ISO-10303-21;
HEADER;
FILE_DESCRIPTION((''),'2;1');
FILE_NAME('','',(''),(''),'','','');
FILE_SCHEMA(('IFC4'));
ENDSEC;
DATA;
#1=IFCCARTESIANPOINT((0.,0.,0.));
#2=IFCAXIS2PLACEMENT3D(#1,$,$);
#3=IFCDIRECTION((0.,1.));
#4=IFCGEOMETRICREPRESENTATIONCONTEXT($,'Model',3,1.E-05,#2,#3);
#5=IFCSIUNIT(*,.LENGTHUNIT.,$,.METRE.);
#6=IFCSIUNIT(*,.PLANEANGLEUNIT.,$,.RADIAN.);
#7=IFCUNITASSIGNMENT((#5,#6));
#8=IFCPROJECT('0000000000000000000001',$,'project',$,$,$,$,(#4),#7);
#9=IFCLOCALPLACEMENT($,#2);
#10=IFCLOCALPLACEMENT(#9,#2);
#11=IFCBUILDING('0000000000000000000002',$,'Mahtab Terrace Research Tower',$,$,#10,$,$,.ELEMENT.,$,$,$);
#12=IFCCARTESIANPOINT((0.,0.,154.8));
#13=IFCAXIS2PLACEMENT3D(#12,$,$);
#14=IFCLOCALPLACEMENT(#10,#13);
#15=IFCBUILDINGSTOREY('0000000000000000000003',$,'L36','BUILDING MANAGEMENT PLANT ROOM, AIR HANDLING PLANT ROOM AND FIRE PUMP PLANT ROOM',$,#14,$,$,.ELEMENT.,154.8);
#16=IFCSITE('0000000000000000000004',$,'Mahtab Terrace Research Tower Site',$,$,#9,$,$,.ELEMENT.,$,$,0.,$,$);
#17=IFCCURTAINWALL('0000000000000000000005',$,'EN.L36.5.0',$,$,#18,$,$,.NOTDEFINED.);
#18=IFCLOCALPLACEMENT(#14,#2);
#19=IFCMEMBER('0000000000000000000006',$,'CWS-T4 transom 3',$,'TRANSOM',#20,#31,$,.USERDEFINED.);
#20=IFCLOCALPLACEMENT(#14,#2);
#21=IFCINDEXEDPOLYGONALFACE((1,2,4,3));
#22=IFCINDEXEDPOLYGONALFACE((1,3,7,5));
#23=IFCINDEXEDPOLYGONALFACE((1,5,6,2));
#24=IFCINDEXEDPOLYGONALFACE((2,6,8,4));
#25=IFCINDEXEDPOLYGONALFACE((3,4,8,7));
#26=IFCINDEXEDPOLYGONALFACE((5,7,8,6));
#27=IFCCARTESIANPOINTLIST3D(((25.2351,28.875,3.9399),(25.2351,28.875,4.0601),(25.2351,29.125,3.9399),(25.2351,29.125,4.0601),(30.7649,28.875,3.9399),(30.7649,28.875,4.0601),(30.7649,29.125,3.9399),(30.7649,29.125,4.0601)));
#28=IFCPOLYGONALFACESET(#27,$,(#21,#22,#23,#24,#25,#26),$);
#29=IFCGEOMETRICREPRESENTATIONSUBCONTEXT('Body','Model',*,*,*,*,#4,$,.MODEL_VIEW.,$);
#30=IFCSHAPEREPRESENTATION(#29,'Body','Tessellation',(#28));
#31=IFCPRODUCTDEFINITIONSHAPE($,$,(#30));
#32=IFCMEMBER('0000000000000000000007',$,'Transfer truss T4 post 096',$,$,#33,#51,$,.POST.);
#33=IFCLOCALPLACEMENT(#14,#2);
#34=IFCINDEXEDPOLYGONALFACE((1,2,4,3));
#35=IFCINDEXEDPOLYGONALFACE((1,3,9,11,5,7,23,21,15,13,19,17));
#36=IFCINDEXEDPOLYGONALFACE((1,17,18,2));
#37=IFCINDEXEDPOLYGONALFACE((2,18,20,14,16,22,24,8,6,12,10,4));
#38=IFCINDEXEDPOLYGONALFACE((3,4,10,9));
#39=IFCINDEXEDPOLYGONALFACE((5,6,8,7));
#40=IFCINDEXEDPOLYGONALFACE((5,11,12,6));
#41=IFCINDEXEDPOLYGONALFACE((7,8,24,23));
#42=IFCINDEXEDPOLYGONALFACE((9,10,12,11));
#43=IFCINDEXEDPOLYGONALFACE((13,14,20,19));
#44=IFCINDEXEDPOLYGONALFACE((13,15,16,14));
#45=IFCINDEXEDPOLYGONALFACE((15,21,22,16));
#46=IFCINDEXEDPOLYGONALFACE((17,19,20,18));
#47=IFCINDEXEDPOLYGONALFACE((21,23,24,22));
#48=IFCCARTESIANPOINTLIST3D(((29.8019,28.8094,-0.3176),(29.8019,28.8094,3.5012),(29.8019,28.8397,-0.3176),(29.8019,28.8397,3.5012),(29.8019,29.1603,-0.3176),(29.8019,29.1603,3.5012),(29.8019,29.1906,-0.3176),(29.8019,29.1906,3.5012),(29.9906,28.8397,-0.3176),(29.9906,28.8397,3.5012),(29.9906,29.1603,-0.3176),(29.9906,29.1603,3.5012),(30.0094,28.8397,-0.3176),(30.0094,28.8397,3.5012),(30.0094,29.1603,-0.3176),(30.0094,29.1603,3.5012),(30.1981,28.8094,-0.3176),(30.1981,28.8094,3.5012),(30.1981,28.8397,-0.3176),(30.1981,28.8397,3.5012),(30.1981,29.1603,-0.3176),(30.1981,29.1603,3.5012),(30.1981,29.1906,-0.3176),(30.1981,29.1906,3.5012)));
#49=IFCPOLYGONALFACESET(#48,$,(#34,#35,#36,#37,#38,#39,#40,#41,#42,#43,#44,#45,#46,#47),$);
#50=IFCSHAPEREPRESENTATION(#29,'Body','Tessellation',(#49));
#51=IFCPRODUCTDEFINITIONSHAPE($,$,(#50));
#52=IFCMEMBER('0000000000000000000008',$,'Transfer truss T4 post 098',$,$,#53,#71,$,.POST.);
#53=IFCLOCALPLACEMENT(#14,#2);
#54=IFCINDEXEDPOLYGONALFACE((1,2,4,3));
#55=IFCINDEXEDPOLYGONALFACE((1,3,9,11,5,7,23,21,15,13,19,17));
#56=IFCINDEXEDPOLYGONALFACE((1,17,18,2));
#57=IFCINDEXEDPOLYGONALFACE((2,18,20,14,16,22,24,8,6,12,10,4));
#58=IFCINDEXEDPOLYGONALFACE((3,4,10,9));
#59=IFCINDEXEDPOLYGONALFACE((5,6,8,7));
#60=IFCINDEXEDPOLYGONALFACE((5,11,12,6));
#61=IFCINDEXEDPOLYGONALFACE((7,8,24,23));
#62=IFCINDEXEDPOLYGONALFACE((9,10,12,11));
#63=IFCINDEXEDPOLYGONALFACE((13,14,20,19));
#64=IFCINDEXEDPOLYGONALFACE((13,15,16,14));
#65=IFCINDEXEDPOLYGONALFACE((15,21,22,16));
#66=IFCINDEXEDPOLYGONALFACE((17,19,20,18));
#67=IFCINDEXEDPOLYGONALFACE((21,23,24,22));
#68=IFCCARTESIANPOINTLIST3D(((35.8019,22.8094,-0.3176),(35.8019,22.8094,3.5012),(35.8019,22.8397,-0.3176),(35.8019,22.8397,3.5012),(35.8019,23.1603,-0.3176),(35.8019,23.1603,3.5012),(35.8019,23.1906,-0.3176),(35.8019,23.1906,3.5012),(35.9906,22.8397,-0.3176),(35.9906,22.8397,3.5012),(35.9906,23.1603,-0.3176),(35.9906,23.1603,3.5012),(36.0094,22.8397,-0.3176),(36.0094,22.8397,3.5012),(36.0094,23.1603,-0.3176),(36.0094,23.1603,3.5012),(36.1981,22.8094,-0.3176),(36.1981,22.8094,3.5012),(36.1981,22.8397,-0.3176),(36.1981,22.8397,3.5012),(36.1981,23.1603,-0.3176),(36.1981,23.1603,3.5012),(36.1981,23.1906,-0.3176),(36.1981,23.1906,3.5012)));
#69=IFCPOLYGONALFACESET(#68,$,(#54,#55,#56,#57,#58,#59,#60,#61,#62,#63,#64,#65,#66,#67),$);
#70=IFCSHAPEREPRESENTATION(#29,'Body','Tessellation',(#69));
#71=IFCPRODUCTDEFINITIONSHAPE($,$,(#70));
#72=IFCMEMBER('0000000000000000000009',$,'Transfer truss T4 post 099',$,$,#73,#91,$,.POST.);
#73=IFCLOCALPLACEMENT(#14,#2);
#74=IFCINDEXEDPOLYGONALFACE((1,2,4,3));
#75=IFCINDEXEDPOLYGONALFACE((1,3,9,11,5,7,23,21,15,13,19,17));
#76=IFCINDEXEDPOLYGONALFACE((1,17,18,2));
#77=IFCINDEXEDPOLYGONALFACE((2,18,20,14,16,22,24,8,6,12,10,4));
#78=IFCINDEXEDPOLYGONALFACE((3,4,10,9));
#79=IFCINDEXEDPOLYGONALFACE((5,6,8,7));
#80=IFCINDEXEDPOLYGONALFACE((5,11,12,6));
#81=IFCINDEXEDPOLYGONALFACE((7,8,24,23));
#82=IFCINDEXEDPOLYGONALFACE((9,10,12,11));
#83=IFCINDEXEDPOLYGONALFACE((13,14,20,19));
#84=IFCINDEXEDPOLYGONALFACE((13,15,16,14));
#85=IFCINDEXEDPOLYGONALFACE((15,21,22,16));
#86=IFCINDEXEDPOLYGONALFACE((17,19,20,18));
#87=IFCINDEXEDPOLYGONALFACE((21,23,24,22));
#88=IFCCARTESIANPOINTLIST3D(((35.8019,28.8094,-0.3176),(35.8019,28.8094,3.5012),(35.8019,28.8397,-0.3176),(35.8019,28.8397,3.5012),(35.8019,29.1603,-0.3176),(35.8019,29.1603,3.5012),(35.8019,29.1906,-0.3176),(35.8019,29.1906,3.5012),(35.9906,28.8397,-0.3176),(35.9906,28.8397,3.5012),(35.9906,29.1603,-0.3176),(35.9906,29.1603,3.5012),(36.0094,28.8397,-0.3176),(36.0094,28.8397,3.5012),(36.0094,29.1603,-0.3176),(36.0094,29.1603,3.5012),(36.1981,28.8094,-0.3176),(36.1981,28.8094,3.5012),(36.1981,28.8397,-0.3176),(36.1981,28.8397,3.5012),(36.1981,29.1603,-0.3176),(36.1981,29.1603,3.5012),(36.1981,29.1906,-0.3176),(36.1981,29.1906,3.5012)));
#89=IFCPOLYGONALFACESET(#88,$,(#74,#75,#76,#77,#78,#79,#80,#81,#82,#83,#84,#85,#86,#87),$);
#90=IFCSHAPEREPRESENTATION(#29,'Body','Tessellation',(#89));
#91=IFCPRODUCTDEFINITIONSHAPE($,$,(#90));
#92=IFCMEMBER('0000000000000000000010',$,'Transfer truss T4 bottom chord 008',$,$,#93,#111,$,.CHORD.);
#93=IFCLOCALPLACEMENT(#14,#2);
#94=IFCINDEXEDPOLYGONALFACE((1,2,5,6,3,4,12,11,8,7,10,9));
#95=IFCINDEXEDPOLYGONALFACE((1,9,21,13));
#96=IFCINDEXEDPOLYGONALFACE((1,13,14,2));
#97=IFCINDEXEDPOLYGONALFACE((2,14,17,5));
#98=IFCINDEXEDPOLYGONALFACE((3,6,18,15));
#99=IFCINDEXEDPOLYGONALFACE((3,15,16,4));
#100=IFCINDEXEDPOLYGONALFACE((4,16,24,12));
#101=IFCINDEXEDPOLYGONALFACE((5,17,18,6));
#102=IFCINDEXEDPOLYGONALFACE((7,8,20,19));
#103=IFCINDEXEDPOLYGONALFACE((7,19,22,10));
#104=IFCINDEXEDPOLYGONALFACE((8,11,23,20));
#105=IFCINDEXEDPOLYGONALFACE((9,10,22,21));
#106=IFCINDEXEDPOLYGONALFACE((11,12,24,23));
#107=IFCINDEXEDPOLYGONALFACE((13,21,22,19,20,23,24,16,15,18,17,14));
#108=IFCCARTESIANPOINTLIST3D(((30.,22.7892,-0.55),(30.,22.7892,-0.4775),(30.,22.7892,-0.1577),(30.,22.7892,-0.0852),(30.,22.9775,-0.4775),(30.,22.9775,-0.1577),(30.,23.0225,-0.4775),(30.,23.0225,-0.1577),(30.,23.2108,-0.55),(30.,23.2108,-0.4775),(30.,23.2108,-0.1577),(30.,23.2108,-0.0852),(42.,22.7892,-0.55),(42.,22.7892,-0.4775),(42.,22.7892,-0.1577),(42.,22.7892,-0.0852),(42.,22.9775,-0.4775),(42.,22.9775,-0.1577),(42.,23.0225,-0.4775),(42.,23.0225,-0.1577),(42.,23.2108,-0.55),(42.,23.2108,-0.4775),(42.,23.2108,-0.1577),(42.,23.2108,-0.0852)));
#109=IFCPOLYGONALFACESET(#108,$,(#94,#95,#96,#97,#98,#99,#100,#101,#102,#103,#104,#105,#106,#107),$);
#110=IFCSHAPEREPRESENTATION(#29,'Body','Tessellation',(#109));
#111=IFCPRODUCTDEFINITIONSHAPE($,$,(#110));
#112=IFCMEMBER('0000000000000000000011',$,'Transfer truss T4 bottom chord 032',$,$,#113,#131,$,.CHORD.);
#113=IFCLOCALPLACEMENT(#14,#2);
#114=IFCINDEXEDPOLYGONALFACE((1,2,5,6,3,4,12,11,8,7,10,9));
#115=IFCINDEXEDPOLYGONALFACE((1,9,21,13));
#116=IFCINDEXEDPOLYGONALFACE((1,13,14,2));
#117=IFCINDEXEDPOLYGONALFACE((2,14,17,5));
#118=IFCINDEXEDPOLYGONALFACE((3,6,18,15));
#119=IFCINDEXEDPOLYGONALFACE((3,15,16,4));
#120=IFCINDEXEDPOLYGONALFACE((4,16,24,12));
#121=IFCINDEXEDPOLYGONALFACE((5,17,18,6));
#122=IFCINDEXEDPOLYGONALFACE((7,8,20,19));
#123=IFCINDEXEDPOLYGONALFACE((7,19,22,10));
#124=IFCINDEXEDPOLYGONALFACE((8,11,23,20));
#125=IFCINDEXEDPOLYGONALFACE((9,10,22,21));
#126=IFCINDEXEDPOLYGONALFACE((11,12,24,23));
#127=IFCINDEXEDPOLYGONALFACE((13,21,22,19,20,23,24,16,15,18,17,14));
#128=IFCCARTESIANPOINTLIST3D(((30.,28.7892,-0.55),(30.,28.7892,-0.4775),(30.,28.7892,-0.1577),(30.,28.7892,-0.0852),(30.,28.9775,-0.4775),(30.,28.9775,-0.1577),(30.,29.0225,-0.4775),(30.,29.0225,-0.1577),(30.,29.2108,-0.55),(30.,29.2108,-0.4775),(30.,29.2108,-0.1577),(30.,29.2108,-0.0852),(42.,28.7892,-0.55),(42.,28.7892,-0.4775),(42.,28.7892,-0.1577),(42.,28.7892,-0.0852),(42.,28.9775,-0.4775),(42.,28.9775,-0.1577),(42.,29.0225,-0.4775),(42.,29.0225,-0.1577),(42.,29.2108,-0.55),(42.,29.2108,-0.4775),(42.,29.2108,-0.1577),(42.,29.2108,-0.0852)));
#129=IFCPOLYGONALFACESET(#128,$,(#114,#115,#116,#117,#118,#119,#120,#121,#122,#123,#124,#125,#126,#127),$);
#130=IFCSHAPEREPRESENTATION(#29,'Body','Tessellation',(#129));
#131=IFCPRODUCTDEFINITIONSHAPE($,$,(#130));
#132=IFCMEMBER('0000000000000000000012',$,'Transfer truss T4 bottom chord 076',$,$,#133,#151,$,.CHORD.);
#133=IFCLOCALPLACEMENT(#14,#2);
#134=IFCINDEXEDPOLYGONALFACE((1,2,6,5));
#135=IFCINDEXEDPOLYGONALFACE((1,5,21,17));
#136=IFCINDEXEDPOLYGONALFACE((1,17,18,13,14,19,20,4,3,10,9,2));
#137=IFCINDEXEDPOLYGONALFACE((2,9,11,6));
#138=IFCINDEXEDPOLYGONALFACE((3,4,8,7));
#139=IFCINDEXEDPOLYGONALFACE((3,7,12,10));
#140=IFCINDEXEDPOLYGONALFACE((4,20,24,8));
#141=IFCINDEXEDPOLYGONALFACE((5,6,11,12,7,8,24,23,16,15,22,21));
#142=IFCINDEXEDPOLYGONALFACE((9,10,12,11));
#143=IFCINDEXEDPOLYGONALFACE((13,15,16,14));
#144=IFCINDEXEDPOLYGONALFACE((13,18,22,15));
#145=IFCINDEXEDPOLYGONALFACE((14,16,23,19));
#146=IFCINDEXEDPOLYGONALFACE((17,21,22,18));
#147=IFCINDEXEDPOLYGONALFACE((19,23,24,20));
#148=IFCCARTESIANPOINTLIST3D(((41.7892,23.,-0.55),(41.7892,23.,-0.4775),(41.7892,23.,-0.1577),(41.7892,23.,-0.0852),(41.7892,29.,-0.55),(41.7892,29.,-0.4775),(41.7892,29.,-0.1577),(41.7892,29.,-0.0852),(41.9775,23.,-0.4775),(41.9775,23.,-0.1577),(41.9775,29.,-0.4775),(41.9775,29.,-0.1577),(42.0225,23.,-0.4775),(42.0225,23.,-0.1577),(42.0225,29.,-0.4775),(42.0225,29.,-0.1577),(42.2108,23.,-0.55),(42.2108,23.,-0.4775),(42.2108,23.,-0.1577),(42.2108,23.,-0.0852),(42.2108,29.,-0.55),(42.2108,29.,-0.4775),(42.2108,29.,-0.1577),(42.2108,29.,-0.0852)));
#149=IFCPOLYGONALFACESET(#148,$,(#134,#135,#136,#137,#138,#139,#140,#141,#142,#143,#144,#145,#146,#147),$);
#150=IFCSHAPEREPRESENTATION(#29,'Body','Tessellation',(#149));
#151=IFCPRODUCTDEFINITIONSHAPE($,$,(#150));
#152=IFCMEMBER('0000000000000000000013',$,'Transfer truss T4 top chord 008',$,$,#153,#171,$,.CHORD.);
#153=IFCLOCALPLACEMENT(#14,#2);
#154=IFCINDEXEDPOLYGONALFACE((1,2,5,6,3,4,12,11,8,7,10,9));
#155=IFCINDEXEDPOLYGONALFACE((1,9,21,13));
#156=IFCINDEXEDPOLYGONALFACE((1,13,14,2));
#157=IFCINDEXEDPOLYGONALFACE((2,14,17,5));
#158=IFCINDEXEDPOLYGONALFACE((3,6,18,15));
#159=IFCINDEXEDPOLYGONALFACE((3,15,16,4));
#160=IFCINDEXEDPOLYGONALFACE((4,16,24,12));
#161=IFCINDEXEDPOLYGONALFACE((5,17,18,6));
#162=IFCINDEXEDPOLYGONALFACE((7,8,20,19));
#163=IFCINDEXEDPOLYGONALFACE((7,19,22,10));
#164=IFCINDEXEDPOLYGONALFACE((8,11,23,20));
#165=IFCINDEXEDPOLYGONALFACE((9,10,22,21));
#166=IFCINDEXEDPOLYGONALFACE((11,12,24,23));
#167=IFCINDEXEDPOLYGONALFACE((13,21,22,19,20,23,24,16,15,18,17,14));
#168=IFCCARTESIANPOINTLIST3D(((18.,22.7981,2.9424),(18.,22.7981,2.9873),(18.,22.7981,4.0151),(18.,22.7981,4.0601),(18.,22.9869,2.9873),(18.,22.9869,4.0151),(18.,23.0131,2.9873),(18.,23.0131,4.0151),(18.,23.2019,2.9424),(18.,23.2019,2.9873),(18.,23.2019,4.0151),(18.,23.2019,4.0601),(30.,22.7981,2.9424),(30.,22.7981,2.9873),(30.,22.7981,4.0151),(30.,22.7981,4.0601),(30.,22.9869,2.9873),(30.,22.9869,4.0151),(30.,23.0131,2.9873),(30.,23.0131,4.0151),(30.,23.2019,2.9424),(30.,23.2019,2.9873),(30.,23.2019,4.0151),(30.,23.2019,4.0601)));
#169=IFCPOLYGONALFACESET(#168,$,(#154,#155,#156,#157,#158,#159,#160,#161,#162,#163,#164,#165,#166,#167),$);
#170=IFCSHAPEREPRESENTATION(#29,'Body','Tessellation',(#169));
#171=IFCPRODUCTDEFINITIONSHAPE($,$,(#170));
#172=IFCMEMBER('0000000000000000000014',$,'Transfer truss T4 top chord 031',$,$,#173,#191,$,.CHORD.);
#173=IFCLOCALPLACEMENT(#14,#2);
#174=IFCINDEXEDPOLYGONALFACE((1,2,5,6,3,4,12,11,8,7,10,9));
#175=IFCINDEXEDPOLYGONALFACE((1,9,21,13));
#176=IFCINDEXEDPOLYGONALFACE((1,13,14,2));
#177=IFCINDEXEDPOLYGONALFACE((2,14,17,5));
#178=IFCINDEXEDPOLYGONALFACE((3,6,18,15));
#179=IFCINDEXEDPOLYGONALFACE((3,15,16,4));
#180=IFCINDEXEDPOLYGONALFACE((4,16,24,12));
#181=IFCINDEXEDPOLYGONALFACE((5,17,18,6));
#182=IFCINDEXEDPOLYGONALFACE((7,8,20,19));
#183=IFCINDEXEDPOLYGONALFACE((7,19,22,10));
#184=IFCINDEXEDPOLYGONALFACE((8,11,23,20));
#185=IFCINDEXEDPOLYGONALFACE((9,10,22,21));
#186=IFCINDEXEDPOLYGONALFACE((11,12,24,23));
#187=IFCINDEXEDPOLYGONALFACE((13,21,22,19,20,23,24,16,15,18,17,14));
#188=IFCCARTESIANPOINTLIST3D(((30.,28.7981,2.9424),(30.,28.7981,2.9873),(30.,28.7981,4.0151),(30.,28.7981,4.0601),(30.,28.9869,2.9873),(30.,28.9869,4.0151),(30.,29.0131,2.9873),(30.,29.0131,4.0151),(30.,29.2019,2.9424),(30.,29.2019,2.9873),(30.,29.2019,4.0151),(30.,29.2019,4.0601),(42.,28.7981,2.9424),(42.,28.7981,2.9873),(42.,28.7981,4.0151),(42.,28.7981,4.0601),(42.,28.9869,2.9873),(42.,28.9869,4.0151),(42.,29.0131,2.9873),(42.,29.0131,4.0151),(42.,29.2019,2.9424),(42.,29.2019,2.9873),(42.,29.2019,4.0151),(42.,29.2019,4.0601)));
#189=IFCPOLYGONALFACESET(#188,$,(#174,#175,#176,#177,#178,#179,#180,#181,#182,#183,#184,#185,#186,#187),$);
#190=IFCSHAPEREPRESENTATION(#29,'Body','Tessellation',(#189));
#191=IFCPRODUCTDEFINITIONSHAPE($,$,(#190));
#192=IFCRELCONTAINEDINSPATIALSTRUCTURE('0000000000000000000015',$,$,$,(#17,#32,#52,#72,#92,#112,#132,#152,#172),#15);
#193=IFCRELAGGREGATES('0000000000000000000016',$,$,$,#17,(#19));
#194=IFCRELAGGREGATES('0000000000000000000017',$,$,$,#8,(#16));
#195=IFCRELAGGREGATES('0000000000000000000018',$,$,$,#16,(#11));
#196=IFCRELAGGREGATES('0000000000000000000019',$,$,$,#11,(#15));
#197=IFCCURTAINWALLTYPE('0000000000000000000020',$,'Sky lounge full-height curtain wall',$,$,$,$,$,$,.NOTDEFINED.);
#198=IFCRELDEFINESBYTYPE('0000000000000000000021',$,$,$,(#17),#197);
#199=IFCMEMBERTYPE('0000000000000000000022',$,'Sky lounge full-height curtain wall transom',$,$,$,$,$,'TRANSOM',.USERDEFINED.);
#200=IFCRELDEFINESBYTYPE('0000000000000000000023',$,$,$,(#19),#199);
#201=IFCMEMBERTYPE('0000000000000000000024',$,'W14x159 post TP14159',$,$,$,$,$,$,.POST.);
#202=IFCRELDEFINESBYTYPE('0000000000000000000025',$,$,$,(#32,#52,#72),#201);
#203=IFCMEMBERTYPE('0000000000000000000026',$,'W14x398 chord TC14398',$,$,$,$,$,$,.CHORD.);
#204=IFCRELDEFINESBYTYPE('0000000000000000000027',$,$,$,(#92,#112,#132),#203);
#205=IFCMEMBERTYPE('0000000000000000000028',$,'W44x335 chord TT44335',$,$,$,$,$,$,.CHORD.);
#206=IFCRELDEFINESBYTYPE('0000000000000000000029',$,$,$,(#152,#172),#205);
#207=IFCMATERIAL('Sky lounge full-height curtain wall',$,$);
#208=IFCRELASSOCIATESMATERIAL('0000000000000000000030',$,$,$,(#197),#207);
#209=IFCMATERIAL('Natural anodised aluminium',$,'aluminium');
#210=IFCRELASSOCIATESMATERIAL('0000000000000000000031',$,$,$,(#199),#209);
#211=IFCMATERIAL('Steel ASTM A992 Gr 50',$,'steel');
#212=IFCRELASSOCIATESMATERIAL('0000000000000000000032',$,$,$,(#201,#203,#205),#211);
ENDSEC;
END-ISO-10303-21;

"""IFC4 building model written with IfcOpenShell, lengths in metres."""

from ifc_helpers import new_model, si_unit, direction, frame, origin, origin_2d, place, context, subcontext, project, spatial, rectangle, i_section, extrude, material, material_profile, profile_set, type_object, element, aggregate, save


model = new_model("IFC4")

# Units and contexts
model_context = context("Model", 3, precision=1e-05, world=origin(), true_north=direction((0.0, 1.0)))
body_context = subcontext(model_context, "Body", "Model", "MODEL_VIEW")
ifc_project = project(units=[si_unit("LENGTHUNIT", "METRE"), si_unit("PLANEANGLEUNIT", "RADIAN")], contexts=[model_context])

# Site, building, storey
site_placement = place(None, origin())
site = spatial("IfcSite", under=ifc_project, at=site_placement, Name="Mahtab Terrace Research Tower Site", CompositionType="ELEMENT", RefElevation=0.0)
building_placement = place(site_placement, origin())
building = spatial("IfcBuilding", under=site, at=building_placement, Name="Mahtab Terrace Research Tower", CompositionType="ELEMENT")
storey_placement = place(building_placement, frame((0.0, 0.0, 154.8)))
storey = spatial("IfcBuildingStorey", under=building, at=storey_placement, Name="L36", Description="BUILDING MANAGEMENT PLANT ROOM, AIR HANDLING PLANT ROOM AND FIRE PUMP PLANT ROOM", CompositionType="ELEMENT", Elevation=154.8)

# Shared definitions
ifc_material_1 = material(Name="Steel ASTM A992 Gr 50", Category="steel")

# Curtain wall, member
ifc_material_2 = material(Name="Sky lounge full-height curtain wall")
curtain_wall_type = type_object("IfcCurtainWallType", Name="Sky lounge full-height curtain wall", PredefinedType="NOTDEFINED", material=ifc_material_2)
curtain_wall_placement = place(storey_placement, origin())
curtain_wall = element("IfcCurtainWall", 1, at=curtain_wall_placement, inside=storey, type_object=curtain_wall_type, Name="EN.L36.5.0", PredefinedType="NOTDEFINED")
ifc_material_3 = material(Name="Natural anodised aluminium", Category="aluminium")
ifc_material_profile_1 = material_profile(ifc_material_3, rectangle(XDim=0.25, YDim=0.1201, at=origin_2d()), Name="TRANSOM 120x250")
ifc_profile_set_1 = profile_set([ifc_material_profile_1], Name="Natural anodised aluminium")
member_type_1 = type_object("IfcMemberType", Name="Sky lounge full-height curtain wall transom", ElementType="TRANSOM", PredefinedType="USERDEFINED", material=ifc_profile_set_1)
member_1_placement = place(storey_placement, frame((30.7649, 29.0, 4.0), z_axis=(-1.0, 0.0, 0.0), x_axis=(0.0, -1.0, 0.0)))
member_1 = element("IfcMember", 2, at=member_1_placement, type_object=member_type_1, Name="CWS-T4 transom 3", ObjectType="TRANSOM", PredefinedType="USERDEFINED", context=body_context, shape_type="SweptSolid", body=[
    extrude(rectangle(XDim=0.25, YDim=0.1201, at=origin_2d()), origin(), (0.0, 0.0, 1.0), 5.5298),
])

# Members
ifc_material_profile_2 = material_profile(ifc_material_1, i_section(OverallWidth=0.3962, OverallDepth=0.3811, WebThickness=0.0188, FlangeThickness=0.0303, at=origin_2d()), Name="W14X159")
ifc_profile_set_2 = profile_set([ifc_material_profile_2], Name="Steel ASTM A992 Gr 50")
member_type_2 = type_object("IfcMemberType", Name="W14x159 post TP14159", PredefinedType="POST", material=ifc_profile_set_2)
for number, where, z_axis, x_axis, name in (
    (3, (30.0, 29.0, -0.3176), (0.0, 0.0, 1.0), (1.0, 0.0, 0.0), "Transfer truss T4 post 096"),
    (4, (36.0, 23.0, -0.3176), (0.0, 0.0, 1.0), (1.0, 0.0, 0.0), "Transfer truss T4 post 098"),
    (5, (36.0, 29.0, -0.3176), (0.0, 0.0, 1.0), (1.0, 0.0, 0.0), "Transfer truss T4 post 099"),
):
    element("IfcMember", number, at=place(storey_placement, frame(where, z_axis=z_axis, x_axis=x_axis)), inside=storey, type_object=member_type_2, Name=name, PredefinedType="POST", context=body_context, shape_type="SweptSolid", body=[
        extrude(i_section(OverallWidth=0.3962, OverallDepth=0.3811, WebThickness=0.0188, FlangeThickness=0.0303, at=origin_2d()), origin(), (0.0, 0.0, 1.0), 3.8188),
    ])
ifc_material_profile_3 = material_profile(ifc_material_1, i_section(OverallWidth=0.4216, OverallDepth=0.4648, WebThickness=0.0449, FlangeThickness=0.0725, at=origin_2d()), Name="W14X398")
ifc_profile_set_3 = profile_set([ifc_material_profile_3], Name="Steel ASTM A992 Gr 50")
member_type_3 = type_object("IfcMemberType", Name="W14x398 chord TC14398", PredefinedType="CHORD", material=ifc_profile_set_3)
for number, where, z_axis, x_axis, name in (
    (6, (42.0, 23.0, -0.3176), (-1.0, 0.0, 0.0), (0.0, -1.0, 0.0), "Transfer truss T4 bottom chord 008"),
    (7, (30.0, 29.0, -0.3176), (1.0, 0.0, 0.0), (0.0, 1.0, 0.0), "Transfer truss T4 bottom chord 032"),
):
    element("IfcMember", number, at=place(storey_placement, frame(where, z_axis=z_axis, x_axis=x_axis)), inside=storey, type_object=member_type_3, Name=name, PredefinedType="CHORD", context=body_context, shape_type="SweptSolid", body=[
        extrude(i_section(OverallWidth=0.4216, OverallDepth=0.4648, WebThickness=0.0449, FlangeThickness=0.0725, at=origin_2d()), origin(), (0.0, 0.0, 1.0), 12.0),
    ])
member_2_placement = place(storey_placement, frame((42.0, 23.0, -0.3176), z_axis=(0.0, 1.0, 0.0), x_axis=(-1.0, 0.0, 0.0)))
element("IfcMember", 8, at=member_2_placement, inside=storey, type_object=member_type_3, Name="Transfer truss T4 bottom chord 076", PredefinedType="CHORD", context=body_context, shape_type="SweptSolid", body=[
    extrude(i_section(OverallWidth=0.4216, OverallDepth=0.4648, WebThickness=0.0449, FlangeThickness=0.0725, at=origin_2d()), origin(), (0.0, 0.0, 1.0), 6.0),
])
ifc_material_profile_4 = material_profile(ifc_material_1, i_section(OverallWidth=0.4038, OverallDepth=1.1177, WebThickness=0.0261, FlangeThickness=0.0449, at=origin_2d()), Name="W44X335")
ifc_profile_set_4 = profile_set([ifc_material_profile_4], Name="Steel ASTM A992 Gr 50")
member_type_4 = type_object("IfcMemberType", Name="W44x335 chord TT44335", PredefinedType="CHORD", material=ifc_profile_set_4)
for number, where, z_axis, x_axis, name in (
    (9, (30.0, 23.0, 3.5012), (-1.0, 0.0, 0.0), (0.0, -1.0, 0.0), "Transfer truss T4 top chord 008"),
    (10, (30.0, 29.0, 3.5012), (1.0, 0.0, 0.0), (0.0, 1.0, 0.0), "Transfer truss T4 top chord 031"),
):
    element("IfcMember", number, at=place(storey_placement, frame(where, z_axis=z_axis, x_axis=x_axis)), inside=storey, type_object=member_type_4, Name=name, PredefinedType="CHORD", context=body_context, shape_type="SweptSolid", body=[
        extrude(i_section(OverallWidth=0.4038, OverallDepth=1.1177, WebThickness=0.0261, FlangeThickness=0.0449, at=origin_2d()), origin(), (0.0, 0.0, 1.0), 12.0),
    ])

aggregate(curtain_wall, [member_1])

save(model, "model.ifc")
